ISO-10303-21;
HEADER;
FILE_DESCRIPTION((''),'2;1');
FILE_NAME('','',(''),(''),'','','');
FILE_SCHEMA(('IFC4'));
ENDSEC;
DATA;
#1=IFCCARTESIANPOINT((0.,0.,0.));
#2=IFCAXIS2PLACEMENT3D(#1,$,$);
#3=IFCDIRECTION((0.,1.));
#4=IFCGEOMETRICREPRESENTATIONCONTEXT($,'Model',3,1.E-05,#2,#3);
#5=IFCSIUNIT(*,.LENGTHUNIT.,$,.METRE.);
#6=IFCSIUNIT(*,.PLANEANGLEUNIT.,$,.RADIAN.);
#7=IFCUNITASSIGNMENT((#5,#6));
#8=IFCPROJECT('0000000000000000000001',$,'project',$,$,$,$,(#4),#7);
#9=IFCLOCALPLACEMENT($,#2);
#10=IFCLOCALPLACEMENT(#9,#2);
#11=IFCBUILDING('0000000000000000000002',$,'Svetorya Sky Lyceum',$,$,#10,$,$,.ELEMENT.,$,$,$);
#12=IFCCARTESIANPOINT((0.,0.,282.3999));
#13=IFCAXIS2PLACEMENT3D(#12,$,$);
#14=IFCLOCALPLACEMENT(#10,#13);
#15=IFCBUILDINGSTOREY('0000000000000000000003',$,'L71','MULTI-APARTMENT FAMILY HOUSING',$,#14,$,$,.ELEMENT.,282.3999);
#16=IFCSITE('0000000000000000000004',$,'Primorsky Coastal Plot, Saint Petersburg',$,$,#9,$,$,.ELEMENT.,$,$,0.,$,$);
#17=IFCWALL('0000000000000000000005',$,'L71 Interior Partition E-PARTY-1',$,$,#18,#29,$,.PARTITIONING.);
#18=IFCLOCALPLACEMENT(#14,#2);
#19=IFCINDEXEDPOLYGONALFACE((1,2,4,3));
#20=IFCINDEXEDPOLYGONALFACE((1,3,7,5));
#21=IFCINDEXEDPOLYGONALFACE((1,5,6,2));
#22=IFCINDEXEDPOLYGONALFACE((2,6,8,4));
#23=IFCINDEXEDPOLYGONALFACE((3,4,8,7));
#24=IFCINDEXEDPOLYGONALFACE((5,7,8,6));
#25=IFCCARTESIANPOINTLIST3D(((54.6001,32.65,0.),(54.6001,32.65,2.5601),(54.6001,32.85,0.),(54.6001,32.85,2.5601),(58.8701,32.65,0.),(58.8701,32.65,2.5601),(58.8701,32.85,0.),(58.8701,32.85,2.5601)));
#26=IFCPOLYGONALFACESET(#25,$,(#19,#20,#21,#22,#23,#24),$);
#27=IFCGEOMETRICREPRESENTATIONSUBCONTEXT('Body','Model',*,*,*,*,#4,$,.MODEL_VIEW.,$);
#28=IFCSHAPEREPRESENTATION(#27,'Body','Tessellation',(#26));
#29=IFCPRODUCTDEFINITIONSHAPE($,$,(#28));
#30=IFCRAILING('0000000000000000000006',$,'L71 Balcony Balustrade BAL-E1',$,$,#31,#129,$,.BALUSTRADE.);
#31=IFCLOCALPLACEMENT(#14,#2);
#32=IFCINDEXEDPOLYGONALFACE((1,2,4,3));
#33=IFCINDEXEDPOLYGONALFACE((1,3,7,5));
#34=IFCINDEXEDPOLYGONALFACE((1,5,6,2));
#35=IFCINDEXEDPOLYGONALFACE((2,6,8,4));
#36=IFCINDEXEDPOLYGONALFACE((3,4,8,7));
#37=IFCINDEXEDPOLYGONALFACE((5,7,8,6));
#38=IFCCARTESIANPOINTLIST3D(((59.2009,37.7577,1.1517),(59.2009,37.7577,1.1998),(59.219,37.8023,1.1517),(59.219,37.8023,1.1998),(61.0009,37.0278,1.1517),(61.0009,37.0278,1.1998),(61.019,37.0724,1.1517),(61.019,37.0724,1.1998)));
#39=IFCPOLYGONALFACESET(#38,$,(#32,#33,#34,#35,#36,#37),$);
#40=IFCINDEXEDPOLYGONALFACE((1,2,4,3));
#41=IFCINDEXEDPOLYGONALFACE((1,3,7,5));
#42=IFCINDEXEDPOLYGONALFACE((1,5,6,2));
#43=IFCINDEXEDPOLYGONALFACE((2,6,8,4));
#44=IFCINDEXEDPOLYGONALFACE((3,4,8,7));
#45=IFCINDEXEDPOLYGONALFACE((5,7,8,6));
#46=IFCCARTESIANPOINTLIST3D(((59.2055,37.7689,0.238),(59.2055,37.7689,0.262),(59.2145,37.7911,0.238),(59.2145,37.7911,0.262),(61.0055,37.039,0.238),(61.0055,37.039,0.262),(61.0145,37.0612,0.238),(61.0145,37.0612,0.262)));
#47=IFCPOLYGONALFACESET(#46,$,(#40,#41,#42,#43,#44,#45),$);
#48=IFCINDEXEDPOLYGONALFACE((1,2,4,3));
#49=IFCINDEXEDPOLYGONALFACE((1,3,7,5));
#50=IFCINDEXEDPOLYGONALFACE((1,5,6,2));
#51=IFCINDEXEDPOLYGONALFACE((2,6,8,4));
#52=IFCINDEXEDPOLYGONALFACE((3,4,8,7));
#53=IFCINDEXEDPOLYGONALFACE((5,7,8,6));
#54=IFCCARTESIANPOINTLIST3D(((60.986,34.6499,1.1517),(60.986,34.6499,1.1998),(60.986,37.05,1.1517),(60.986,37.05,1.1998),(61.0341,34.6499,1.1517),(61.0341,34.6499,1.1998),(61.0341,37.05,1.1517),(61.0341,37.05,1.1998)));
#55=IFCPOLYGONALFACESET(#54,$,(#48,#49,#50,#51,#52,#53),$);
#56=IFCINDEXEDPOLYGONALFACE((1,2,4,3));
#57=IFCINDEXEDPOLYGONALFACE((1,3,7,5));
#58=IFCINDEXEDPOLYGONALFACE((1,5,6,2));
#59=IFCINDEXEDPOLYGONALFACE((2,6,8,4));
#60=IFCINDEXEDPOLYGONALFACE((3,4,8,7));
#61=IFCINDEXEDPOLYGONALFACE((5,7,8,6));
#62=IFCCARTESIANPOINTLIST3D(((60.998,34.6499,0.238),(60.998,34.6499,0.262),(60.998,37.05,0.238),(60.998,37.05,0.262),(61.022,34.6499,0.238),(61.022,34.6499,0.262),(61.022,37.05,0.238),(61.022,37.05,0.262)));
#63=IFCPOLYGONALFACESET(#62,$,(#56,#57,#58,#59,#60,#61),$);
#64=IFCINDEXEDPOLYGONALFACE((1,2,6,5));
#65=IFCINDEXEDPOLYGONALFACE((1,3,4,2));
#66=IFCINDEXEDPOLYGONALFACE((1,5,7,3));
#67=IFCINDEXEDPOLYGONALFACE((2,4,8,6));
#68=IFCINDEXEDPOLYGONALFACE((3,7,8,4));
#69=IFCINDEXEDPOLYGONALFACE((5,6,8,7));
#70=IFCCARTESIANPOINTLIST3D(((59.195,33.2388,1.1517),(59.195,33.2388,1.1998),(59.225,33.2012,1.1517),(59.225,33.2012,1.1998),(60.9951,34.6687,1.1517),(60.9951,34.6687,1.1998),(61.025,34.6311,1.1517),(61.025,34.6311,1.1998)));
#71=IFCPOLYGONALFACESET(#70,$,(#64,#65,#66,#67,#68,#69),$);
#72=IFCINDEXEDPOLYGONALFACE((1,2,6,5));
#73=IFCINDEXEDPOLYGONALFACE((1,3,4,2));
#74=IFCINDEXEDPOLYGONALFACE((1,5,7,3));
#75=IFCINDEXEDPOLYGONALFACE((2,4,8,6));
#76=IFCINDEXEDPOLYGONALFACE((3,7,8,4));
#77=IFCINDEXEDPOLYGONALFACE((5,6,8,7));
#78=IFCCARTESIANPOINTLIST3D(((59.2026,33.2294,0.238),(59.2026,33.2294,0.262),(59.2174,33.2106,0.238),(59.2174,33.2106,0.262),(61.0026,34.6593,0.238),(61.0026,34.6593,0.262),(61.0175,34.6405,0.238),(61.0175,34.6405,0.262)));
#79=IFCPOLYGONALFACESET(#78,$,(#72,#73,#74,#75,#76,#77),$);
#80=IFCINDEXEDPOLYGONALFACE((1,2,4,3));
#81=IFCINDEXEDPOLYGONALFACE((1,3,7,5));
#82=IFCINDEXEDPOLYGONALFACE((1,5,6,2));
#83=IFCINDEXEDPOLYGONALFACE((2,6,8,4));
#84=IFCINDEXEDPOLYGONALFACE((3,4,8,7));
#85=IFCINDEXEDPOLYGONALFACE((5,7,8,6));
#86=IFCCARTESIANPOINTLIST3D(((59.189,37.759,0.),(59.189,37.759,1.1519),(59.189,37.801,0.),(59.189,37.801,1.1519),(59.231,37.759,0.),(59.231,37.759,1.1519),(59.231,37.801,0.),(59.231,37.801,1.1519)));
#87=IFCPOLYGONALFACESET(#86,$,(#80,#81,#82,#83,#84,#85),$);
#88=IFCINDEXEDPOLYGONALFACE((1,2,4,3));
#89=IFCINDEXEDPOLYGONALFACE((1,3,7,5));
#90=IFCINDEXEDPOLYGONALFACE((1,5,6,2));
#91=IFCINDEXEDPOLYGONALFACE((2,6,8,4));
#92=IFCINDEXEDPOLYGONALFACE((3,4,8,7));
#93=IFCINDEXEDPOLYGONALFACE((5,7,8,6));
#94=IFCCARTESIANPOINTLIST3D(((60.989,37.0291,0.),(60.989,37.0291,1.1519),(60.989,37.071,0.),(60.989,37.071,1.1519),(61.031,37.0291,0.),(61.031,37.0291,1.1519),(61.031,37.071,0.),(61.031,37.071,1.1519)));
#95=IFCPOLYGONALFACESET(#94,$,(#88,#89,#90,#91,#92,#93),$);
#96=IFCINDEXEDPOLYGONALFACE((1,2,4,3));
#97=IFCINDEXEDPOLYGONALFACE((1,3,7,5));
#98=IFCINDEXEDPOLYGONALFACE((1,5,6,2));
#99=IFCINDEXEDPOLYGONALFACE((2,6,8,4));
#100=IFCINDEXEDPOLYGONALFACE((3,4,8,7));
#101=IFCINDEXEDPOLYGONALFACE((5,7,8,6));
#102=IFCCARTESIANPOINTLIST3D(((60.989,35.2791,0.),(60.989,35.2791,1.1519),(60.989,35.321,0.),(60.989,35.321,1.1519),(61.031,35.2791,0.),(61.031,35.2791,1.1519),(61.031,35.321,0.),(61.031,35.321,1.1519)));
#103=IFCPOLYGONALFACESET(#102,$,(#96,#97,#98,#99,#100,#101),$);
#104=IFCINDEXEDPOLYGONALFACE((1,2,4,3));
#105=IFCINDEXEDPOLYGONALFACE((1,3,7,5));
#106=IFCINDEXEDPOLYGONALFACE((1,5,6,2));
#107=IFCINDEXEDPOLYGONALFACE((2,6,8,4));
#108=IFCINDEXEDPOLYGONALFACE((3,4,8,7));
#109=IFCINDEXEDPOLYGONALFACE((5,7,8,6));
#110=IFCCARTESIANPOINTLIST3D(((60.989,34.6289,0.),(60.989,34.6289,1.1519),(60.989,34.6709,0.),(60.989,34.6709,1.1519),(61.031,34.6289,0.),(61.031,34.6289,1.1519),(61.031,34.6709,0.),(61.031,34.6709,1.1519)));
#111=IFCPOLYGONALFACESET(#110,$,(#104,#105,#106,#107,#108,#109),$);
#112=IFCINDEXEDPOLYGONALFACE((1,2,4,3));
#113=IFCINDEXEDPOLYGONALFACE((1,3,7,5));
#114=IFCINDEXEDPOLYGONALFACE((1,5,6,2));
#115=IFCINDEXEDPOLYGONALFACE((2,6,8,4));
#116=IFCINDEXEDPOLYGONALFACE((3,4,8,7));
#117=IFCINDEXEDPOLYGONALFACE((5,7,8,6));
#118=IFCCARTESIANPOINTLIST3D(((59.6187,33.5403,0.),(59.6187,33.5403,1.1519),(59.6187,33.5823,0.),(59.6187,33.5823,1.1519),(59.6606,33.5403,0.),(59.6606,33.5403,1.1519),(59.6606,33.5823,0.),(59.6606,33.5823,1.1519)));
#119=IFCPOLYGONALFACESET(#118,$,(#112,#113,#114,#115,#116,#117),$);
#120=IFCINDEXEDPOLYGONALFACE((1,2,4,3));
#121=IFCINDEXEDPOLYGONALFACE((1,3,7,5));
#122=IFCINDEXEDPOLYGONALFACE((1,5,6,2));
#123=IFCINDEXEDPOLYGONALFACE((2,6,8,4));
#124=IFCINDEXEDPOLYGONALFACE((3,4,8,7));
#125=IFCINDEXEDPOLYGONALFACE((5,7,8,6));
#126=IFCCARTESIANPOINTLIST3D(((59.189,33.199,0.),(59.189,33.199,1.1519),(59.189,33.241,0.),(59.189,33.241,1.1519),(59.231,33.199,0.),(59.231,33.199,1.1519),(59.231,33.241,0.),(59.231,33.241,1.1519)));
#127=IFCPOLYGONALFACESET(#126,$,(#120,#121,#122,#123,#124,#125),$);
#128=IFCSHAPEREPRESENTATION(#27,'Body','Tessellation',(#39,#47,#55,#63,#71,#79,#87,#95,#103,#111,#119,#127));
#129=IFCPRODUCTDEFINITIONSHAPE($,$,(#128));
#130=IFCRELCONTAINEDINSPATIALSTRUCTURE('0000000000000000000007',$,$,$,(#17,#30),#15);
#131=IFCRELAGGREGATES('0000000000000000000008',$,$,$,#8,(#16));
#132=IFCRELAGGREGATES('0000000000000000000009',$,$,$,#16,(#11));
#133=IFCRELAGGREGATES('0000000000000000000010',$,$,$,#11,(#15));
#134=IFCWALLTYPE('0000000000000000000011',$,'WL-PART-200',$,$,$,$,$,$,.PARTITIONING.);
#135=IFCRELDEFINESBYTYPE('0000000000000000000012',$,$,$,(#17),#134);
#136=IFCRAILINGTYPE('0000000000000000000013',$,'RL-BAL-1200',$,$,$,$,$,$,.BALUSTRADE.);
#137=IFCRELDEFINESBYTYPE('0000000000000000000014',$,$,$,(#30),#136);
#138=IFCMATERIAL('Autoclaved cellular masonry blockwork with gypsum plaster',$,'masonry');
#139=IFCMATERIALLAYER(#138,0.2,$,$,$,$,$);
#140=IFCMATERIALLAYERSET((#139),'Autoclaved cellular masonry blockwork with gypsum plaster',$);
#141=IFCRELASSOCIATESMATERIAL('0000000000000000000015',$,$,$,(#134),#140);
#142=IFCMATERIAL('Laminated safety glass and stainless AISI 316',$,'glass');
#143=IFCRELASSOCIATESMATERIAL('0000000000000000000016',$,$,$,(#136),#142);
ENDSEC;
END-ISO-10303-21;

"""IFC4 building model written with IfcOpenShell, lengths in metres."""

from ifc_helpers import new_model, si_unit, direction, frame, frame_2d, origin, origin_2d, place, context, subcontext, project, spatial, rectangle, extrude, material, layer, layer_set, type_object, element, save


model = new_model("IFC4")

# Units and contexts
model_context = context("Model", 3, precision=1e-05, world=origin(), true_north=direction((0.0, 1.0)))
body_context = subcontext(model_context, "Body", "Model", "MODEL_VIEW")
ifc_project = project(units=[si_unit("LENGTHUNIT", "METRE"), si_unit("PLANEANGLEUNIT", "RADIAN")], contexts=[model_context])

# Site, building, storey
site_placement = place(None, origin())
site = spatial("IfcSite", under=ifc_project, at=site_placement, Name="Primorsky Coastal Plot, Saint Petersburg", CompositionType="ELEMENT", RefElevation=0.0)
building_placement = place(site_placement, origin())
building = spatial("IfcBuilding", under=site, at=building_placement, Name="Svetorya Sky Lyceum", CompositionType="ELEMENT")
storey_placement = place(building_placement, frame((0.0, 0.0, 282.3999)))
storey = spatial("IfcBuildingStorey", under=building, at=storey_placement, Name="L71", Description="MULTI-APARTMENT FAMILY HOUSING", CompositionType="ELEMENT", Elevation=282.3999)

# Wall
ifc_material_1 = material(Name="Autoclaved cellular masonry blockwork with gypsum plaster", Category="masonry")
ifc_layer_1 = layer(ifc_material_1, 0.2)
ifc_layer_set_1 = layer_set([ifc_layer_1], Name="Autoclaved cellular masonry blockwork with gypsum plaster")
wall_type_1 = type_object("IfcWallType", Name="WL-PART-200", PredefinedType="PARTITIONING", material=ifc_layer_set_1)
wall_1_placement = place(storey_placement, frame((54.6001, 32.75, 0.0), z_axis=(0.0, 0.0, 1.0), x_axis=(1.0, 0.0, 0.0)))
element("IfcWall", 1, at=wall_1_placement, inside=storey, type_object=wall_type_1, Name="L71 Interior Partition E-PARTY-1", PredefinedType="PARTITIONING", context=body_context, shape_type="SweptSolid", body=[
    extrude(rectangle(XDim=4.27, YDim=0.2, at=frame_2d((2.135, 0.0))), origin(), (0.0, 0.0, 1.0), 2.5601),
])

# Railing
ifc_material_2 = material(Name="Laminated safety glass and stainless AISI 316", Category="glass")
railing_type = type_object("IfcRailingType", Name="RL-BAL-1200", PredefinedType="BALUSTRADE", material=ifc_material_2)
railing_placement = place(storey_placement, frame((59.21, 37.78, 0.0)))
element("IfcRailing", 2, at=railing_placement, inside=storey, type_object=railing_type, Name="L71 Balcony Balustrade BAL-E1", PredefinedType="BALUSTRADE", context=body_context, shape_type="SweptSolid", body=[
    extrude(rectangle(XDim=0.0481, YDim=0.0481, at=origin_2d()), frame((0.0, 0.0, 1.1758), z_axis=(0.926698, -0.375807, 0.0), x_axis=(0.375807, 0.926698, 0.0)), (0.0, 0.0, 1.0), 1.9424),
    extrude(rectangle(XDim=0.0239, YDim=0.0239, at=origin_2d()), frame((0.0, 0.0, 0.25), z_axis=(0.926698, -0.375807, 0.0), x_axis=(0.375807, 0.926698, 0.0)), (0.0, 0.0, 1.0), 1.9424),
    extrude(rectangle(XDim=0.0481, YDim=0.0481, at=origin_2d()), frame((1.8, -0.73, 1.1758), z_axis=(0.0, -1.0, 0.0), x_axis=(1.0, 0.0, 0.0)), (0.0, 0.0, 1.0), 2.4001),
    extrude(rectangle(XDim=0.0239, YDim=0.0239, at=origin_2d()), frame((1.8, -0.73, 0.25), z_axis=(0.0, -1.0, 0.0), x_axis=(1.0, 0.0, 0.0)), (0.0, 0.0, 1.0), 2.4001),
    extrude(rectangle(XDim=0.0481, YDim=0.0481, at=origin_2d()), frame((1.8, -3.1301, 1.1758), z_axis=(-0.783009, -0.62201, 0.0), x_axis=(0.62201, -0.783009, 0.0)), (0.0, 0.0, 1.0), 2.2988),
    extrude(rectangle(XDim=0.0239, YDim=0.0239, at=origin_2d()), frame((1.8, -3.1301, 0.25), z_axis=(-0.783009, -0.62201, 0.0), x_axis=(0.62201, -0.783009, 0.0)), (0.0, 0.0, 1.0), 2.2988),
    extrude(rectangle(XDim=0.042, YDim=0.042, at=origin_2d()), origin(), (0.0, 0.0, 1.0), 1.1519),
    extrude(rectangle(XDim=0.042, YDim=0.042, at=origin_2d()), frame((1.8, -0.73, 0.0)), (0.0, 0.0, 1.0), 1.1519),
    extrude(rectangle(XDim=0.042, YDim=0.042, at=origin_2d()), frame((1.8, -2.48, 0.0)), (0.0, 0.0, 1.0), 1.1519),
    extrude(rectangle(XDim=0.042, YDim=0.042, at=origin_2d()), frame((1.8, -3.1301, 0.0)), (0.0, 0.0, 1.0), 1.1519),
    extrude(rectangle(XDim=0.042, YDim=0.042, at=origin_2d()), frame((0.4297, -4.2188, 0.0)), (0.0, 0.0, 1.0), 1.1519),
    extrude(rectangle(XDim=0.042, YDim=0.042, at=origin_2d()), frame((0.0, -4.5601, 0.0)), (0.0, 0.0, 1.0), 1.1519),
])

save(model, "model.ifc")
